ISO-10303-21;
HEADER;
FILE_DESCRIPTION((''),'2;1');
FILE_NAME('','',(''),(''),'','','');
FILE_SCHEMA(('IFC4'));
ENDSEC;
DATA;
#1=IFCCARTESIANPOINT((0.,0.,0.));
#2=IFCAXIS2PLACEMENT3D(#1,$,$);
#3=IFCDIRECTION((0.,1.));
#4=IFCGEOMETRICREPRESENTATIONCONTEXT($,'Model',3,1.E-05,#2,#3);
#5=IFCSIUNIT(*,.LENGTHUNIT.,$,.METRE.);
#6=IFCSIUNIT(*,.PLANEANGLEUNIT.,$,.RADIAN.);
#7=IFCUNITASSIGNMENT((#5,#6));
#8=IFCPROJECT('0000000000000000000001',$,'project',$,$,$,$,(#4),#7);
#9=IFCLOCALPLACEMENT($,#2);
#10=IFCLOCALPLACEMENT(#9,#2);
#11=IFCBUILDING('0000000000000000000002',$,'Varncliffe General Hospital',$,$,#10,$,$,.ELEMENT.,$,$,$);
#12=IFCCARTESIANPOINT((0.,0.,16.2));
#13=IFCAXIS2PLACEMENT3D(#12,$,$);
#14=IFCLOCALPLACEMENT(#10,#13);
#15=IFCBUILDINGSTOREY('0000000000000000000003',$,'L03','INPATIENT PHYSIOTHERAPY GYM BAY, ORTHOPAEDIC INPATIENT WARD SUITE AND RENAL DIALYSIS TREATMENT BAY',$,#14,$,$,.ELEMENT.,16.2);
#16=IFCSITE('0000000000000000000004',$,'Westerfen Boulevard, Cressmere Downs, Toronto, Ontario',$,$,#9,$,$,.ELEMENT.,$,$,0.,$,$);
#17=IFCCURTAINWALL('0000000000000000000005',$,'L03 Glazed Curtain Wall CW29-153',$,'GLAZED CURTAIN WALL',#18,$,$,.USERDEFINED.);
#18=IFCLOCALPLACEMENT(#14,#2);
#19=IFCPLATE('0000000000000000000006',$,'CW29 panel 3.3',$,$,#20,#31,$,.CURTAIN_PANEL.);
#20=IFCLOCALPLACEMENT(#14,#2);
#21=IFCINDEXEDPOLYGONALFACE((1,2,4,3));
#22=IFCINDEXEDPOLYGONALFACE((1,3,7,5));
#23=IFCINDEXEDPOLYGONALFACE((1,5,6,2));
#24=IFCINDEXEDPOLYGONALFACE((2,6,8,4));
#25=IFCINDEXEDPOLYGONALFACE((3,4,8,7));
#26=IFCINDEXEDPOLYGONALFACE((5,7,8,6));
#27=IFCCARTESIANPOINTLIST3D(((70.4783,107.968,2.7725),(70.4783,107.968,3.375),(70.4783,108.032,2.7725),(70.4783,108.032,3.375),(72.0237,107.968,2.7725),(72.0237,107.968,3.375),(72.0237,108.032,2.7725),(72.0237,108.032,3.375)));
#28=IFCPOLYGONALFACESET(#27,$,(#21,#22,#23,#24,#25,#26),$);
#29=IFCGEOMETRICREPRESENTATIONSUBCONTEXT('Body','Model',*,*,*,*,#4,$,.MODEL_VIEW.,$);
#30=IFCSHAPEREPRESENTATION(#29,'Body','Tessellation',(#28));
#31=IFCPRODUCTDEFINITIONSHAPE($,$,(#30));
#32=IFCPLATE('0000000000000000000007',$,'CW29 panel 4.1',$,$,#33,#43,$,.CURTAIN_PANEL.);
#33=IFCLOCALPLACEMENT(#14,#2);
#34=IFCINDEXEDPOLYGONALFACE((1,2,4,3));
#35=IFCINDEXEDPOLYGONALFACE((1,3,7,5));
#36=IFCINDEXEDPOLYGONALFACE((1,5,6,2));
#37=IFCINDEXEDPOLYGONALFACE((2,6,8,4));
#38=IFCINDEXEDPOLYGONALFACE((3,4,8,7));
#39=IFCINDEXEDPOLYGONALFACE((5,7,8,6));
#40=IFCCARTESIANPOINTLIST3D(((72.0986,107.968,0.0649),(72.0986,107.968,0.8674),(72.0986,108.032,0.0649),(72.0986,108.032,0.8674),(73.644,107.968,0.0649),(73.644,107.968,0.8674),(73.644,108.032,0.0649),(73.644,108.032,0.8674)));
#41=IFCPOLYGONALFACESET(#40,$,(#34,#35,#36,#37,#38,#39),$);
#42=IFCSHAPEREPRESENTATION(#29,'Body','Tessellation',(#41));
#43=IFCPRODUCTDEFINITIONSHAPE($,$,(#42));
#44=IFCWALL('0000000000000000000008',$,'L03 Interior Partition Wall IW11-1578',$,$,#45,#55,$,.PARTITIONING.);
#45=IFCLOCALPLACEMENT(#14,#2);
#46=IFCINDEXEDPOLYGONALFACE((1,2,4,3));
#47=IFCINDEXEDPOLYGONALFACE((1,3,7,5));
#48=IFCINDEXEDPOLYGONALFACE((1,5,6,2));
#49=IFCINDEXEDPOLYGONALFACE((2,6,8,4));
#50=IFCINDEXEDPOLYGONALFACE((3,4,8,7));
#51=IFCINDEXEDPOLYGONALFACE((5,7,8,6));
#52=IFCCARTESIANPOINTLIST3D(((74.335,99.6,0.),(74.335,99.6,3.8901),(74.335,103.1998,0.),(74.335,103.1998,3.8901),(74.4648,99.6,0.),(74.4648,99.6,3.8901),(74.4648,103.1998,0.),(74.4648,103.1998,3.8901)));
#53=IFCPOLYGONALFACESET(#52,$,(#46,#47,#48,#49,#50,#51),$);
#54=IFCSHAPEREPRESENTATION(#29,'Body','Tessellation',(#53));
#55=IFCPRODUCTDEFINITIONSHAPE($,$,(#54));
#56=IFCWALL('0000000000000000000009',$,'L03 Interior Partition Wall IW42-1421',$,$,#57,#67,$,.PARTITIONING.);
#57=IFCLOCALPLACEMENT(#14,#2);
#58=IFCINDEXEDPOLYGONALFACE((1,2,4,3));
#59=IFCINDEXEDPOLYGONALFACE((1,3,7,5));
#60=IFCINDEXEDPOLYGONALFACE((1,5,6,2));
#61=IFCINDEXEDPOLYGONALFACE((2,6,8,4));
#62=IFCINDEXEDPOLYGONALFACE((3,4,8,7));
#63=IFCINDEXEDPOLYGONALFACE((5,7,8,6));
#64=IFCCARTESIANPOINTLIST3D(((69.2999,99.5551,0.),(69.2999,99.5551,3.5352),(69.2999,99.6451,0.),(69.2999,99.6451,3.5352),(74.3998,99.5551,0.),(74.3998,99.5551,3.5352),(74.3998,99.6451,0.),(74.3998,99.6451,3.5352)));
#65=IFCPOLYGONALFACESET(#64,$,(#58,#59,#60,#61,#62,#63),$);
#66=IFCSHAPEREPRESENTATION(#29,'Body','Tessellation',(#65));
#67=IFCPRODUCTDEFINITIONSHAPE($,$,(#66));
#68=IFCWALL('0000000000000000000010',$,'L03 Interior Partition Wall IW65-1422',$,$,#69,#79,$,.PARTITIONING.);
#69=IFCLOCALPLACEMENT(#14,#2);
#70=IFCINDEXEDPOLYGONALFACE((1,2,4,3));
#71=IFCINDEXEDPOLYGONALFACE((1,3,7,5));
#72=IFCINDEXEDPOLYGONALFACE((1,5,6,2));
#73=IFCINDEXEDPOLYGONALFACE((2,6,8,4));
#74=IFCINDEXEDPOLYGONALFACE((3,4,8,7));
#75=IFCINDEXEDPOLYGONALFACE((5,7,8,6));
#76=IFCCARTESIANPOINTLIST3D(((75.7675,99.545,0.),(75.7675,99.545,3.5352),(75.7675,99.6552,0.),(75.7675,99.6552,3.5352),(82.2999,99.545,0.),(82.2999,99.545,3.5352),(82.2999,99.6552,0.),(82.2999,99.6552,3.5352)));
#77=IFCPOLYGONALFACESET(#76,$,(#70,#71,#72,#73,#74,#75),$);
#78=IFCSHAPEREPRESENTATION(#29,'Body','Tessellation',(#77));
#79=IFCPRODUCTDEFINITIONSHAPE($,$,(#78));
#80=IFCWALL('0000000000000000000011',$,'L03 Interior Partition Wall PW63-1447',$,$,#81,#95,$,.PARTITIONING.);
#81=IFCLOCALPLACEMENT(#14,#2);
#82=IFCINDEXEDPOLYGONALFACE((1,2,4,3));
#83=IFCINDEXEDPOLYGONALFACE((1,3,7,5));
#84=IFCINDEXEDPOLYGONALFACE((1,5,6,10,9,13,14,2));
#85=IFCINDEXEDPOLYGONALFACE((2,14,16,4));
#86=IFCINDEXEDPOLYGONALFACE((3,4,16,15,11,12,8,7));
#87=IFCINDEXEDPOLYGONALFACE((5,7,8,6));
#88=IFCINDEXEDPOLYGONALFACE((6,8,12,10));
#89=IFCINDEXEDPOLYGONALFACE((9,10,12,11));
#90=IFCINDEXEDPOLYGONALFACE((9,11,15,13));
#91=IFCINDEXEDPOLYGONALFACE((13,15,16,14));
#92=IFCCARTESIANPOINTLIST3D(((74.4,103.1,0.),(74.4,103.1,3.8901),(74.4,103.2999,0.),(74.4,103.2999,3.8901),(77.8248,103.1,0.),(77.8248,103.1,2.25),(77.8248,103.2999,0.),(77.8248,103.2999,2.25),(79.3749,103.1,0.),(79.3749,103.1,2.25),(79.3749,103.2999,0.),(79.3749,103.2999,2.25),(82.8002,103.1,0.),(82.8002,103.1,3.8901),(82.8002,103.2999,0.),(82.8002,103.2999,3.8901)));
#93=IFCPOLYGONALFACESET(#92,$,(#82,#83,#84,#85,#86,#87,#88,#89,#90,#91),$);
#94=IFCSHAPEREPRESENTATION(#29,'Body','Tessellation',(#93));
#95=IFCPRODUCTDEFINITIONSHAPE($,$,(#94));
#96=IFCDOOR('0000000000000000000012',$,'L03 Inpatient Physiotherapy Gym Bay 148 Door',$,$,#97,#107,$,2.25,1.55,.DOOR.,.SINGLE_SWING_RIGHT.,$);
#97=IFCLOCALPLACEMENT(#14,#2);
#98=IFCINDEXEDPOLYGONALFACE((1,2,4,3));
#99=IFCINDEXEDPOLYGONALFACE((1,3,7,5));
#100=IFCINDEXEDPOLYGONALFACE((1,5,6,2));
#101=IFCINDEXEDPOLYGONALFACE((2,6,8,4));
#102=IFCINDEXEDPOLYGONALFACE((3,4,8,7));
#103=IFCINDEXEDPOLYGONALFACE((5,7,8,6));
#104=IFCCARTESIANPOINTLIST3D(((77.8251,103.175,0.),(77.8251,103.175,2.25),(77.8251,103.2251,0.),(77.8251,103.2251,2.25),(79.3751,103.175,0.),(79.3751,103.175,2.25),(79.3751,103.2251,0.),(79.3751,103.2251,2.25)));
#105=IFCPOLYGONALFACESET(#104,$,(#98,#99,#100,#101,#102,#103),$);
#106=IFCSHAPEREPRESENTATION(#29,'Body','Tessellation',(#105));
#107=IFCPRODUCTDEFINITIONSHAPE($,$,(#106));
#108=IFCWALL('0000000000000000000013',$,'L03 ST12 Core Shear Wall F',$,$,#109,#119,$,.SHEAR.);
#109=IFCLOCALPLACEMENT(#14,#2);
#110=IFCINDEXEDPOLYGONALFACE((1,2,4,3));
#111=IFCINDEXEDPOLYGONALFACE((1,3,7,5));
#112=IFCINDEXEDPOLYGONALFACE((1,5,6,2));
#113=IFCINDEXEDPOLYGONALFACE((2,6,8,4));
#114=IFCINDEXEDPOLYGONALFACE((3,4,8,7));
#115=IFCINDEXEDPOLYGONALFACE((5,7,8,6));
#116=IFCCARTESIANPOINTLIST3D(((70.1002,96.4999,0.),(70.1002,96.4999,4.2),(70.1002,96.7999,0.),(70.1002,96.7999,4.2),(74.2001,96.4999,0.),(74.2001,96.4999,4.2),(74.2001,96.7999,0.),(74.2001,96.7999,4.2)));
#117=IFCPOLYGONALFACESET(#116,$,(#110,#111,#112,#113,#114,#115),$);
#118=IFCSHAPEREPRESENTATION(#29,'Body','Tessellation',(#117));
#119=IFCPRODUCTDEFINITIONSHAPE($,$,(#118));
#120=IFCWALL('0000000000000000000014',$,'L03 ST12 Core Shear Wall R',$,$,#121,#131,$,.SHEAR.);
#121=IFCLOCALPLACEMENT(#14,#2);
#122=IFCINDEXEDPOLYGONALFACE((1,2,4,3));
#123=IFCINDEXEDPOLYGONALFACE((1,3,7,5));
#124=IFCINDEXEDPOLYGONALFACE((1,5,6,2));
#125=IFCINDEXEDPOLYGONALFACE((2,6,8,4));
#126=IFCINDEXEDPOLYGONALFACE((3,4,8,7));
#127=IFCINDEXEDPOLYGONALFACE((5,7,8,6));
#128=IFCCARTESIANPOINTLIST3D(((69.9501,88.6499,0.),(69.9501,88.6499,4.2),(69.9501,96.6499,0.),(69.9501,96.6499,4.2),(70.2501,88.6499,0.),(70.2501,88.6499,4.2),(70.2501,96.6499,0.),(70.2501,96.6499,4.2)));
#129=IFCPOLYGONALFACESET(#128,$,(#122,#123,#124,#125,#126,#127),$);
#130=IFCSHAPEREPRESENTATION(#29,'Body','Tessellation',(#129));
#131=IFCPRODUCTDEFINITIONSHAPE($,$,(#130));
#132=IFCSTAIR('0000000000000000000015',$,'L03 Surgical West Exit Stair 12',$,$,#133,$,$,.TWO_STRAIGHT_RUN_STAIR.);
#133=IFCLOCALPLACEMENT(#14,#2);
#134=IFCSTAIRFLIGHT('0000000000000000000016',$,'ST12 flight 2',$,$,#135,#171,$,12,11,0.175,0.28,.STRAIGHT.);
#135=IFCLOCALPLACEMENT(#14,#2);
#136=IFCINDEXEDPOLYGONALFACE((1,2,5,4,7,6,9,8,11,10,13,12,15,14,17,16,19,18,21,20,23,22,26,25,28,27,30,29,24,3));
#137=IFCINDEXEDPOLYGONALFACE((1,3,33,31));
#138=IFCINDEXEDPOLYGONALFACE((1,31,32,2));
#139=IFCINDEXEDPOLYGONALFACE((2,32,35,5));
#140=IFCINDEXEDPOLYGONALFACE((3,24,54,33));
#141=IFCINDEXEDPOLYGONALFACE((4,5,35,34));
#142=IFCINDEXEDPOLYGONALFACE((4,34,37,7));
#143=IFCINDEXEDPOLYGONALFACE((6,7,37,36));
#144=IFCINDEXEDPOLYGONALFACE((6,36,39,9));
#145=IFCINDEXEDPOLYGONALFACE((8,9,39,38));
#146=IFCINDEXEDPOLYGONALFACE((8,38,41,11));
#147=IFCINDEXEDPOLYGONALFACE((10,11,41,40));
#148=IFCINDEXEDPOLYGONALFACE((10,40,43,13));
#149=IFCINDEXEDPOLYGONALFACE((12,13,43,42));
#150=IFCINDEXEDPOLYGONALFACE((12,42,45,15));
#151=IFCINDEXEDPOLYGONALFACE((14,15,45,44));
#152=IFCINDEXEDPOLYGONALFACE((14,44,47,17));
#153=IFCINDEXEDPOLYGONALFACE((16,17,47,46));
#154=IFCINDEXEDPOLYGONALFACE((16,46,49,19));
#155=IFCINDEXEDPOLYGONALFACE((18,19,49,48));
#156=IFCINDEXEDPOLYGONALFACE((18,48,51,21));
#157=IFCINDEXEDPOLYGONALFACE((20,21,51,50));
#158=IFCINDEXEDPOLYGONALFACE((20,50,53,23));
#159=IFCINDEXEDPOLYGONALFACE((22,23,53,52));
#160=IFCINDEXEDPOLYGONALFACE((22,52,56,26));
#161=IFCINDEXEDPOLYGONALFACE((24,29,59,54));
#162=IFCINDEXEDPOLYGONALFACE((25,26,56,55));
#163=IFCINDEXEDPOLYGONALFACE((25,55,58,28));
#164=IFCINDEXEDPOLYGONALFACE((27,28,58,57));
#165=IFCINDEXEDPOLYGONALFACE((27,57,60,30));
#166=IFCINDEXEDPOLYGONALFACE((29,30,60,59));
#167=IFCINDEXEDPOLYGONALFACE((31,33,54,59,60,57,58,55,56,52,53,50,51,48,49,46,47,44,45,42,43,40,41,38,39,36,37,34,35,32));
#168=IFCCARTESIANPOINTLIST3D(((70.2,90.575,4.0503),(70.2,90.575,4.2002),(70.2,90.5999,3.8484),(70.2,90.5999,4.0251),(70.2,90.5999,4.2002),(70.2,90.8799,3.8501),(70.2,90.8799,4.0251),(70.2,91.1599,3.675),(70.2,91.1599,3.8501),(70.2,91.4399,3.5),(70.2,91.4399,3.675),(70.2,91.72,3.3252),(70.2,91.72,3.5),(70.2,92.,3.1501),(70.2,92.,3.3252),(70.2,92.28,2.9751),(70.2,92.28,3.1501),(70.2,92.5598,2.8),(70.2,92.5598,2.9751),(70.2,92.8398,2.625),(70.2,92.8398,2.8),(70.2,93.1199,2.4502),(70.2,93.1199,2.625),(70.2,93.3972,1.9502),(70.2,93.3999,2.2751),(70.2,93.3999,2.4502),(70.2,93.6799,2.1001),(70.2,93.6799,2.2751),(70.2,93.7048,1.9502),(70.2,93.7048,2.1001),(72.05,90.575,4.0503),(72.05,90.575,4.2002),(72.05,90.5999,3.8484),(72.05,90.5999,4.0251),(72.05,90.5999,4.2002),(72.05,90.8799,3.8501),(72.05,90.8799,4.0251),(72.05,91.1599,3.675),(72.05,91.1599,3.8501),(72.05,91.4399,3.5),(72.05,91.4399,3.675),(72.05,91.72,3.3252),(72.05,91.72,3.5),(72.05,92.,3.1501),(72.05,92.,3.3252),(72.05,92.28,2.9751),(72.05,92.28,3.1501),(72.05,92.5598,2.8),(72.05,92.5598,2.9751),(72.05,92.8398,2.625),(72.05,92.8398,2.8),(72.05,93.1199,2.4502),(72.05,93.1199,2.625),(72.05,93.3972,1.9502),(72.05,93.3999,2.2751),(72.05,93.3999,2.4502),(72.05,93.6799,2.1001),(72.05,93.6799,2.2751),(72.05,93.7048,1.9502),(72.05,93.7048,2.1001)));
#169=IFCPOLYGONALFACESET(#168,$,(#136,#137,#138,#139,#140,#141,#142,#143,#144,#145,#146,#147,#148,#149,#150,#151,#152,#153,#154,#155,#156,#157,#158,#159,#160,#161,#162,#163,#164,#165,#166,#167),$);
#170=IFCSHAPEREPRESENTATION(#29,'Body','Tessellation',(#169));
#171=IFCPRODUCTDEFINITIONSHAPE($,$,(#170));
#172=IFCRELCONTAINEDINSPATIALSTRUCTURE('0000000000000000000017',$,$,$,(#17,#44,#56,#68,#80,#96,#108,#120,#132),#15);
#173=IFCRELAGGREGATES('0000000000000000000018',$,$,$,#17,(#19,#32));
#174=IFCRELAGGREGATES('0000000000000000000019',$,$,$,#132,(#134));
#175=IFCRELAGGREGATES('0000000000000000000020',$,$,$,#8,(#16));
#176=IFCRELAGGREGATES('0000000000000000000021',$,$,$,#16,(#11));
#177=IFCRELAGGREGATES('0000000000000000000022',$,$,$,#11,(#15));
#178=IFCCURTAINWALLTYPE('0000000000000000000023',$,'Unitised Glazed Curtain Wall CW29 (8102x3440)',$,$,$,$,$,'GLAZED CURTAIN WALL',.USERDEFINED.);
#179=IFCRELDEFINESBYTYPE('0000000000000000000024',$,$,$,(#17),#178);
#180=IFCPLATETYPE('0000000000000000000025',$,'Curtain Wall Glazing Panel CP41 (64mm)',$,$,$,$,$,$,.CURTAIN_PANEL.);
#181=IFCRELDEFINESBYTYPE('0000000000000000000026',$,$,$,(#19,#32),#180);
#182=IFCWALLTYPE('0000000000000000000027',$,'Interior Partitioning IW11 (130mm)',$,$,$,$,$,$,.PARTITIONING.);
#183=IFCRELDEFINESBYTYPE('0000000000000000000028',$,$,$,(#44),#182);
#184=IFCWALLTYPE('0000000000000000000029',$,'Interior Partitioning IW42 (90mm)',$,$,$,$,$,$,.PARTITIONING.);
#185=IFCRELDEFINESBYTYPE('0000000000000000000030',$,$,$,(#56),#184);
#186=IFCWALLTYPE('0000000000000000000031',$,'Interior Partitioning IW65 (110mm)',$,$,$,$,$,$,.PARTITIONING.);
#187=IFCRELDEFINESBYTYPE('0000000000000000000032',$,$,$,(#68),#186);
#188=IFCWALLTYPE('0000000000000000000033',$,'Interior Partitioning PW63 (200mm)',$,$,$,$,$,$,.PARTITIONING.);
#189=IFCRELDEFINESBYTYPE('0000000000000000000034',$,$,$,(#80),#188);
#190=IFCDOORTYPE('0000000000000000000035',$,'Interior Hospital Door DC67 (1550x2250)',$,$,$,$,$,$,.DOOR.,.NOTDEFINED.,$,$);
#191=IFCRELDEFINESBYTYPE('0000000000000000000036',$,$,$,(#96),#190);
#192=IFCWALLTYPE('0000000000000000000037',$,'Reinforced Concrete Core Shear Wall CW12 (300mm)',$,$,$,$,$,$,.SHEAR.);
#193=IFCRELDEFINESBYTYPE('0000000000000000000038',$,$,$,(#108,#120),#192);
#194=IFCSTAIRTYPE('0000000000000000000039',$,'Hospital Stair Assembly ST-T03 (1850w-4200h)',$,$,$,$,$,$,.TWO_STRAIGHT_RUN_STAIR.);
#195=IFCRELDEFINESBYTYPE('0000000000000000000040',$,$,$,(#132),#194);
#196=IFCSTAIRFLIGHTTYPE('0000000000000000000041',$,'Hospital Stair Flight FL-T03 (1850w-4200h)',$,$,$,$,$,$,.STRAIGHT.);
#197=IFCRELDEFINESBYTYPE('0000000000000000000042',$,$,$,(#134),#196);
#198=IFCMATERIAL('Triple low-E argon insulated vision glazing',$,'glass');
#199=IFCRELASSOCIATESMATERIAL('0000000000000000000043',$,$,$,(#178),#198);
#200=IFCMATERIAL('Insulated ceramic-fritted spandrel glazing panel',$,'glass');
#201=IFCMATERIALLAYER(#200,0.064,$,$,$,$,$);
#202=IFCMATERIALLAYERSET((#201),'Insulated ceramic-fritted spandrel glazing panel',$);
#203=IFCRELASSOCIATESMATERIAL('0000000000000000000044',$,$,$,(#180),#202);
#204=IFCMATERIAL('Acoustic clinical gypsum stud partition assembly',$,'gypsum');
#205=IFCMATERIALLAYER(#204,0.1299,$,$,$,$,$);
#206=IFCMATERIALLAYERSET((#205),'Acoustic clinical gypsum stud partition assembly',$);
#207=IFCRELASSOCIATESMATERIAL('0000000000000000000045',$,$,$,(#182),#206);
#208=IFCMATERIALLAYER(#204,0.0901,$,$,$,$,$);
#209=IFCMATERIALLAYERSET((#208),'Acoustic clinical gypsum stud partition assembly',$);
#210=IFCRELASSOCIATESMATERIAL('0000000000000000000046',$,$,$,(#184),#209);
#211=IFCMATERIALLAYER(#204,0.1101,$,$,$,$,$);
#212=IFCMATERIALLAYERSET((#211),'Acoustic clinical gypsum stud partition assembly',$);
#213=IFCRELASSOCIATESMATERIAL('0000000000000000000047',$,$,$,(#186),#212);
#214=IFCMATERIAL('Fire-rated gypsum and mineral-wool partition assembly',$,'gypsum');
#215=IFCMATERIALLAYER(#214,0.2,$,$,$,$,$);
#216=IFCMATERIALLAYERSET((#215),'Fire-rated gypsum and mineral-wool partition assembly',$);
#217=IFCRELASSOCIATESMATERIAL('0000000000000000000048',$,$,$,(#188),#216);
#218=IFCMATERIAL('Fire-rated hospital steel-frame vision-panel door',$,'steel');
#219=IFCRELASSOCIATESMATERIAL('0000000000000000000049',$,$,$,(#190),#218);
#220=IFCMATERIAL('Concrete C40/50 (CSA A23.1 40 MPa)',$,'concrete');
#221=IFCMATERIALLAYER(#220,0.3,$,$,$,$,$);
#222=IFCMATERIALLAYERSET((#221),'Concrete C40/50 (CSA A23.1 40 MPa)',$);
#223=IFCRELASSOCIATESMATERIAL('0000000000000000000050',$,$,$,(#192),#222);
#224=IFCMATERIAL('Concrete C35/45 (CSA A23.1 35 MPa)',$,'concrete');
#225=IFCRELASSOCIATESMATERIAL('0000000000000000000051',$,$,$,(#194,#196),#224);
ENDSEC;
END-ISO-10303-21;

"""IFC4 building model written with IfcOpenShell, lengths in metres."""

from ifc_helpers import new_model, si_unit, direction, frame, frame_2d, origin, origin_2d, place, context, subcontext, project, spatial, polyline, rectangle, outline, extrude, material, layer, layer_set, type_object, element, fill, aggregate, save


model = new_model("IFC4")

# Units and contexts
model_context = context("Model", 3, precision=1e-05, world=origin(), true_north=direction((0.0, 1.0)))
body_context = subcontext(model_context, "Body", "Model", "MODEL_VIEW")
ifc_project = project(units=[si_unit("LENGTHUNIT", "METRE"), si_unit("PLANEANGLEUNIT", "RADIAN")], contexts=[model_context])

# Site, building, storey
site_placement = place(None, origin())
site = spatial("IfcSite", under=ifc_project, at=site_placement, Name="Westerfen Boulevard, Cressmere Downs, Toronto, Ontario", CompositionType="ELEMENT", RefElevation=0.0)
building_placement = place(site_placement, origin())
building = spatial("IfcBuilding", under=site, at=building_placement, Name="Varncliffe General Hospital", CompositionType="ELEMENT")
storey_placement = place(building_placement, frame((0.0, 0.0, 16.2)))
storey = spatial("IfcBuildingStorey", under=building, at=storey_placement, Name="L03", Description="INPATIENT PHYSIOTHERAPY GYM BAY, ORTHOPAEDIC INPATIENT WARD SUITE AND RENAL DIALYSIS TREATMENT BAY", CompositionType="ELEMENT", Elevation=16.2)

# Shared definitions
ifc_material_1 = material(Name="Concrete C40/50 (CSA A23.1 40 MPa)", Category="concrete")

# Shared definitions
ifc_material_2 = material(Name="Concrete C35/45 (CSA A23.1 35 MPa)", Category="concrete")

# Curtain wall, plates
ifc_material_3 = material(Name="Triple low-E argon insulated vision glazing", Category="glass")
curtain_wall_type = type_object("IfcCurtainWallType", Name="Unitised Glazed Curtain Wall CW29 (8102x3440)", ElementType="GLAZED CURTAIN WALL", PredefinedType="USERDEFINED", material=ifc_material_3)
curtain_wall_placement = place(storey_placement, origin())
curtain_wall = element("IfcCurtainWall", 1, at=curtain_wall_placement, inside=storey, type_object=curtain_wall_type, Name="L03 Glazed Curtain Wall CW29-153", ObjectType="GLAZED CURTAIN WALL", PredefinedType="USERDEFINED")
ifc_material_4 = material(Name="Insulated ceramic-fritted spandrel glazing panel", Category="glass")
ifc_layer_1 = layer(ifc_material_4, 0.064)
ifc_layer_set_1 = layer_set([ifc_layer_1], Name="Insulated ceramic-fritted spandrel glazing panel")
plate_type = type_object("IfcPlateType", Name="Curtain Wall Glazing Panel CP41 (64mm)", PredefinedType="CURTAIN_PANEL", material=ifc_layer_set_1)
plate_1_placement = place(storey_placement, frame((71.251, 108.0, 2.7725), z_axis=(0.0, 0.0, 1.0), x_axis=(1.0, 0.0, 0.0)))
plate_1 = element("IfcPlate", 2, at=plate_1_placement, type_object=plate_type, Name="CW29 panel 3.3", PredefinedType="CURTAIN_PANEL", context=body_context, shape_type="SweptSolid", body=[
    extrude(rectangle(XDim=1.5454, YDim=0.064, at=origin_2d()), origin(), (0.0, 0.0, 1.0), 0.6025),
])
plate_2_placement = place(storey_placement, frame((72.8713, 108.0, 0.0649), z_axis=(0.0, 0.0, 1.0), x_axis=(1.0, 0.0, 0.0)))
plate_2 = element("IfcPlate", 3, at=plate_2_placement, type_object=plate_type, Name="CW29 panel 4.1", PredefinedType="CURTAIN_PANEL", context=body_context, shape_type="SweptSolid", body=[
    extrude(rectangle(XDim=1.5454, YDim=0.064, at=origin_2d()), origin(), (0.0, 0.0, 1.0), 0.8025),
])
aggregate(curtain_wall, [plate_1, plate_2])

# Walls
ifc_material_5 = material(Name="Acoustic clinical gypsum stud partition assembly", Category="gypsum")
ifc_layer_2 = layer(ifc_material_5, 0.1299)
ifc_layer_set_2 = layer_set([ifc_layer_2], Name="Acoustic clinical gypsum stud partition assembly")
wall_type_1 = type_object("IfcWallType", Name="Interior Partitioning IW11 (130mm)", PredefinedType="PARTITIONING", material=ifc_layer_set_2)
wall_1_placement = place(storey_placement, frame((74.3999, 99.6001, 0.0), z_axis=(0.0, 0.0, 1.0), x_axis=(0.0, 1.0, 0.0)))
element("IfcWall", 4, at=wall_1_placement, inside=storey, type_object=wall_type_1, Name="L03 Interior Partition Wall IW11-1578", PredefinedType="PARTITIONING", context=body_context, shape_type="SweptSolid", body=[
    extrude(rectangle(XDim=3.5999, YDim=0.1299, at=frame_2d((1.7998, 0.0))), origin(), (0.0, 0.0, 1.0), 3.8901),
])
ifc_layer_3 = layer(ifc_material_5, 0.0901)
ifc_layer_set_3 = layer_set([ifc_layer_3], Name="Acoustic clinical gypsum stud partition assembly")
wall_type_2 = type_object("IfcWallType", Name="Interior Partitioning IW42 (90mm)", PredefinedType="PARTITIONING", material=ifc_layer_set_3)
wall_2_placement = place(storey_placement, frame((69.3, 99.6001, 0.0), z_axis=(0.0, 0.0, 1.0), x_axis=(1.0, 0.0, 0.0)))
element("IfcWall", 5, at=wall_2_placement, inside=storey, type_object=wall_type_2, Name="L03 Interior Partition Wall IW42-1421", PredefinedType="PARTITIONING", context=body_context, shape_type="SweptSolid", body=[
    extrude(rectangle(XDim=5.0999, YDim=0.0901, at=frame_2d((2.5498, 0.0))), origin(), (0.0, 0.0, 1.0), 3.5352),
])
ifc_layer_4 = layer(ifc_material_5, 0.1101)
ifc_layer_set_4 = layer_set([ifc_layer_4], Name="Acoustic clinical gypsum stud partition assembly")
wall_type_3 = type_object("IfcWallType", Name="Interior Partitioning IW65 (110mm)", PredefinedType="PARTITIONING", material=ifc_layer_set_4)
wall_3_placement = place(storey_placement, frame((75.7676, 99.6001, 0.0), z_axis=(0.0, 0.0, 1.0), x_axis=(1.0, 0.0, 0.0)))
element("IfcWall", 6, at=wall_3_placement, inside=storey, type_object=wall_type_3, Name="L03 Interior Partition Wall IW65-1422", PredefinedType="PARTITIONING", context=body_context, shape_type="SweptSolid", body=[
    extrude(rectangle(XDim=6.5325, YDim=0.1101, at=frame_2d((3.2661, 0.0))), origin(), (0.0, 0.0, 1.0), 3.5352),
])

# Wall, opening, door
ifc_material_6 = material(Name="Fire-rated gypsum and mineral-wool partition assembly", Category="gypsum")
ifc_layer_5 = layer(ifc_material_6, 0.2)
ifc_layer_set_5 = layer_set([ifc_layer_5], Name="Fire-rated gypsum and mineral-wool partition assembly")
wall_type_4 = type_object("IfcWallType", Name="Interior Partitioning PW63 (200mm)", PredefinedType="PARTITIONING", material=ifc_layer_set_5)
wall_4_placement = place(storey_placement, frame((74.3999, 103.2, 0.0), z_axis=(0.0, 0.0, 1.0), x_axis=(1.0, 0.0, 0.0)))
wall_4 = element("IfcWall", 7, at=wall_4_placement, inside=storey, type_object=wall_type_4, Name="L03 Interior Partition Wall PW63-1447", PredefinedType="PARTITIONING", context=body_context, shape_type="SweptSolid", body=[
    extrude(rectangle(XDim=8.4001, YDim=0.2, at=frame_2d((4.2002, 0.0))), origin(), (0.0, 0.0, 1.0), 3.8901),
])
opening_placement = place(wall_4_placement, frame((3.425, 0.0, 0.0)))
opening = element("IfcOpeningElement", 8, at=opening_placement, cuts=wall_4, PredefinedType="OPENING", context=body_context, shape_type="SweptSolid", body=[
    extrude(rectangle(XDim=1.55, YDim=2.25, at=frame_2d((0.7749, 1.125))), frame((0.0, 0.1099, 0.0), z_axis=(0.0, -1.0, 0.0), x_axis=(1.0, 0.0, 0.0)), (0.0, 0.0, 1.0), 0.22),
])
ifc_material_7 = material(Name="Fire-rated hospital steel-frame vision-panel door", Category="steel")
door_type = type_object("IfcDoorType", Name="Interior Hospital Door DC67 (1550x2250)", OperationType="NOTDEFINED", PredefinedType="DOOR", material=ifc_material_7)
door_placement = place(opening_placement, frame((1.55, 0.0, 0.0), z_axis=(0.0, 0.0, 1.0), x_axis=(-1.0, 0.0, 0.0)))
door = element("IfcDoor", 9, at=door_placement, inside=storey, type_object=door_type, Name="L03 Inpatient Physiotherapy Gym Bay 148 Door", OperationType="SINGLE_SWING_RIGHT", OverallHeight=2.25, OverallWidth=1.55, PredefinedType="DOOR", context=body_context, shape_type="SweptSolid", body=[
    extrude(rectangle(XDim=1.55, YDim=2.25, at=frame_2d((0.7749, 1.125))), frame((0.0, 0.0249, 0.0), z_axis=(0.0, -1.0, 0.0), x_axis=(1.0, 0.0, 0.0)), (0.0, 0.0, 1.0), 0.05),
])
fill(opening, door)

# Walls
ifc_layer_6 = layer(ifc_material_1, 0.3)
ifc_layer_set_6 = layer_set([ifc_layer_6], Name="Concrete C40/50 (CSA A23.1 40 MPa)")
wall_type_5 = type_object("IfcWallType", Name="Reinforced Concrete Core Shear Wall CW12 (300mm)", PredefinedType="SHEAR", material=ifc_layer_set_6)
wall_5_placement = place(storey_placement, frame((74.2, 96.6499, 0.0), z_axis=(0.0, 0.0, 1.0), x_axis=(-1.0, 0.0, 0.0)))
element("IfcWall", 10, at=wall_5_placement, inside=storey, type_object=wall_type_5, Name="L03 ST12 Core Shear Wall F", PredefinedType="SHEAR", context=body_context, shape_type="SweptSolid", body=[
    extrude(rectangle(XDim=4.0999, YDim=0.3, at=frame_2d((2.0498, 0.0))), origin(), (0.0, 0.0, 1.0), 4.2),
])
wall_6_placement = place(storey_placement, frame((70.1001, 96.6499, 0.0), z_axis=(0.0, 0.0, 1.0), x_axis=(0.0, -1.0, 0.0)))
element("IfcWall", 11, at=wall_6_placement, inside=storey, type_object=wall_type_5, Name="L03 ST12 Core Shear Wall R", PredefinedType="SHEAR", context=body_context, shape_type="SweptSolid", body=[
    extrude(rectangle(XDim=8.0, YDim=0.3, at=frame_2d((4.0, 0.0))), origin(), (0.0, 0.0, 1.0), 4.2),
])

# Stair, stair flight
stair_type = type_object("IfcStairType", Name="Hospital Stair Assembly ST-T03 (1850w-4200h)", PredefinedType="TWO_STRAIGHT_RUN_STAIR", material=ifc_material_2)
stair_placement = place(storey_placement, origin())
stair = element("IfcStair", 12, at=stair_placement, inside=storey, type_object=stair_type, Name="L03 Surgical West Exit Stair 12", PredefinedType="TWO_STRAIGHT_RUN_STAIR")
stair_flight_type = type_object("IfcStairFlightType", Name="Hospital Stair Flight FL-T03 (1850w-4200h)", PredefinedType="STRAIGHT", material=ifc_material_2)
stair_flight_placement = place(storey_placement, frame((71.125, 93.6799, 2.1001), z_axis=(0.0, 0.0, 1.0), x_axis=(0.0, -1.0, 0.0)))
stair_flight = element("IfcStairFlight", 13, at=stair_flight_placement, type_object=stair_flight_type, Name="ST12 flight 2", NumberOfRisers=12, NumberOfTreads=11, PredefinedType="STRAIGHT", RiserHeight=0.175, TreadLength=0.28, context=body_context, shape_type="SweptSolid", body=[
    extrude(outline(polyline([(-0.0249, -0.1499), (-0.0249, 0.0), (0.0, 0.0), (0.0, 0.175), (0.28, 0.175), (0.28, 0.3501), (0.5601, 0.3501), (0.5601, 0.5249), (0.8401, 0.5249), (0.8401, 0.7), (1.1201, 0.7), (1.1201, 0.875), (1.3999, 0.875), (1.3999, 1.05), (1.6799, 1.05), (1.6799, 1.2251), (1.96, 1.2251), (1.96, 1.3999), (2.24, 1.3999), (2.24, 1.575), (2.52, 1.575), (2.52, 1.75), (2.8, 1.75), (2.8, 1.925), (3.0801, 1.925), (3.0801, 2.1001), (3.105, 2.1001), (3.105, 1.9502), (3.0801, 1.7483), (0.2827, -0.1499), (-0.0249, -0.1499)])), frame((0.0, 0.925, 0.0), z_axis=(0.0, -1.0, 0.0), x_axis=(1.0, 0.0, 0.0)), (0.0, 0.0, 1.0), 1.8501),
])
aggregate(stair, [stair_flight])

save(model, "model.ifc")
